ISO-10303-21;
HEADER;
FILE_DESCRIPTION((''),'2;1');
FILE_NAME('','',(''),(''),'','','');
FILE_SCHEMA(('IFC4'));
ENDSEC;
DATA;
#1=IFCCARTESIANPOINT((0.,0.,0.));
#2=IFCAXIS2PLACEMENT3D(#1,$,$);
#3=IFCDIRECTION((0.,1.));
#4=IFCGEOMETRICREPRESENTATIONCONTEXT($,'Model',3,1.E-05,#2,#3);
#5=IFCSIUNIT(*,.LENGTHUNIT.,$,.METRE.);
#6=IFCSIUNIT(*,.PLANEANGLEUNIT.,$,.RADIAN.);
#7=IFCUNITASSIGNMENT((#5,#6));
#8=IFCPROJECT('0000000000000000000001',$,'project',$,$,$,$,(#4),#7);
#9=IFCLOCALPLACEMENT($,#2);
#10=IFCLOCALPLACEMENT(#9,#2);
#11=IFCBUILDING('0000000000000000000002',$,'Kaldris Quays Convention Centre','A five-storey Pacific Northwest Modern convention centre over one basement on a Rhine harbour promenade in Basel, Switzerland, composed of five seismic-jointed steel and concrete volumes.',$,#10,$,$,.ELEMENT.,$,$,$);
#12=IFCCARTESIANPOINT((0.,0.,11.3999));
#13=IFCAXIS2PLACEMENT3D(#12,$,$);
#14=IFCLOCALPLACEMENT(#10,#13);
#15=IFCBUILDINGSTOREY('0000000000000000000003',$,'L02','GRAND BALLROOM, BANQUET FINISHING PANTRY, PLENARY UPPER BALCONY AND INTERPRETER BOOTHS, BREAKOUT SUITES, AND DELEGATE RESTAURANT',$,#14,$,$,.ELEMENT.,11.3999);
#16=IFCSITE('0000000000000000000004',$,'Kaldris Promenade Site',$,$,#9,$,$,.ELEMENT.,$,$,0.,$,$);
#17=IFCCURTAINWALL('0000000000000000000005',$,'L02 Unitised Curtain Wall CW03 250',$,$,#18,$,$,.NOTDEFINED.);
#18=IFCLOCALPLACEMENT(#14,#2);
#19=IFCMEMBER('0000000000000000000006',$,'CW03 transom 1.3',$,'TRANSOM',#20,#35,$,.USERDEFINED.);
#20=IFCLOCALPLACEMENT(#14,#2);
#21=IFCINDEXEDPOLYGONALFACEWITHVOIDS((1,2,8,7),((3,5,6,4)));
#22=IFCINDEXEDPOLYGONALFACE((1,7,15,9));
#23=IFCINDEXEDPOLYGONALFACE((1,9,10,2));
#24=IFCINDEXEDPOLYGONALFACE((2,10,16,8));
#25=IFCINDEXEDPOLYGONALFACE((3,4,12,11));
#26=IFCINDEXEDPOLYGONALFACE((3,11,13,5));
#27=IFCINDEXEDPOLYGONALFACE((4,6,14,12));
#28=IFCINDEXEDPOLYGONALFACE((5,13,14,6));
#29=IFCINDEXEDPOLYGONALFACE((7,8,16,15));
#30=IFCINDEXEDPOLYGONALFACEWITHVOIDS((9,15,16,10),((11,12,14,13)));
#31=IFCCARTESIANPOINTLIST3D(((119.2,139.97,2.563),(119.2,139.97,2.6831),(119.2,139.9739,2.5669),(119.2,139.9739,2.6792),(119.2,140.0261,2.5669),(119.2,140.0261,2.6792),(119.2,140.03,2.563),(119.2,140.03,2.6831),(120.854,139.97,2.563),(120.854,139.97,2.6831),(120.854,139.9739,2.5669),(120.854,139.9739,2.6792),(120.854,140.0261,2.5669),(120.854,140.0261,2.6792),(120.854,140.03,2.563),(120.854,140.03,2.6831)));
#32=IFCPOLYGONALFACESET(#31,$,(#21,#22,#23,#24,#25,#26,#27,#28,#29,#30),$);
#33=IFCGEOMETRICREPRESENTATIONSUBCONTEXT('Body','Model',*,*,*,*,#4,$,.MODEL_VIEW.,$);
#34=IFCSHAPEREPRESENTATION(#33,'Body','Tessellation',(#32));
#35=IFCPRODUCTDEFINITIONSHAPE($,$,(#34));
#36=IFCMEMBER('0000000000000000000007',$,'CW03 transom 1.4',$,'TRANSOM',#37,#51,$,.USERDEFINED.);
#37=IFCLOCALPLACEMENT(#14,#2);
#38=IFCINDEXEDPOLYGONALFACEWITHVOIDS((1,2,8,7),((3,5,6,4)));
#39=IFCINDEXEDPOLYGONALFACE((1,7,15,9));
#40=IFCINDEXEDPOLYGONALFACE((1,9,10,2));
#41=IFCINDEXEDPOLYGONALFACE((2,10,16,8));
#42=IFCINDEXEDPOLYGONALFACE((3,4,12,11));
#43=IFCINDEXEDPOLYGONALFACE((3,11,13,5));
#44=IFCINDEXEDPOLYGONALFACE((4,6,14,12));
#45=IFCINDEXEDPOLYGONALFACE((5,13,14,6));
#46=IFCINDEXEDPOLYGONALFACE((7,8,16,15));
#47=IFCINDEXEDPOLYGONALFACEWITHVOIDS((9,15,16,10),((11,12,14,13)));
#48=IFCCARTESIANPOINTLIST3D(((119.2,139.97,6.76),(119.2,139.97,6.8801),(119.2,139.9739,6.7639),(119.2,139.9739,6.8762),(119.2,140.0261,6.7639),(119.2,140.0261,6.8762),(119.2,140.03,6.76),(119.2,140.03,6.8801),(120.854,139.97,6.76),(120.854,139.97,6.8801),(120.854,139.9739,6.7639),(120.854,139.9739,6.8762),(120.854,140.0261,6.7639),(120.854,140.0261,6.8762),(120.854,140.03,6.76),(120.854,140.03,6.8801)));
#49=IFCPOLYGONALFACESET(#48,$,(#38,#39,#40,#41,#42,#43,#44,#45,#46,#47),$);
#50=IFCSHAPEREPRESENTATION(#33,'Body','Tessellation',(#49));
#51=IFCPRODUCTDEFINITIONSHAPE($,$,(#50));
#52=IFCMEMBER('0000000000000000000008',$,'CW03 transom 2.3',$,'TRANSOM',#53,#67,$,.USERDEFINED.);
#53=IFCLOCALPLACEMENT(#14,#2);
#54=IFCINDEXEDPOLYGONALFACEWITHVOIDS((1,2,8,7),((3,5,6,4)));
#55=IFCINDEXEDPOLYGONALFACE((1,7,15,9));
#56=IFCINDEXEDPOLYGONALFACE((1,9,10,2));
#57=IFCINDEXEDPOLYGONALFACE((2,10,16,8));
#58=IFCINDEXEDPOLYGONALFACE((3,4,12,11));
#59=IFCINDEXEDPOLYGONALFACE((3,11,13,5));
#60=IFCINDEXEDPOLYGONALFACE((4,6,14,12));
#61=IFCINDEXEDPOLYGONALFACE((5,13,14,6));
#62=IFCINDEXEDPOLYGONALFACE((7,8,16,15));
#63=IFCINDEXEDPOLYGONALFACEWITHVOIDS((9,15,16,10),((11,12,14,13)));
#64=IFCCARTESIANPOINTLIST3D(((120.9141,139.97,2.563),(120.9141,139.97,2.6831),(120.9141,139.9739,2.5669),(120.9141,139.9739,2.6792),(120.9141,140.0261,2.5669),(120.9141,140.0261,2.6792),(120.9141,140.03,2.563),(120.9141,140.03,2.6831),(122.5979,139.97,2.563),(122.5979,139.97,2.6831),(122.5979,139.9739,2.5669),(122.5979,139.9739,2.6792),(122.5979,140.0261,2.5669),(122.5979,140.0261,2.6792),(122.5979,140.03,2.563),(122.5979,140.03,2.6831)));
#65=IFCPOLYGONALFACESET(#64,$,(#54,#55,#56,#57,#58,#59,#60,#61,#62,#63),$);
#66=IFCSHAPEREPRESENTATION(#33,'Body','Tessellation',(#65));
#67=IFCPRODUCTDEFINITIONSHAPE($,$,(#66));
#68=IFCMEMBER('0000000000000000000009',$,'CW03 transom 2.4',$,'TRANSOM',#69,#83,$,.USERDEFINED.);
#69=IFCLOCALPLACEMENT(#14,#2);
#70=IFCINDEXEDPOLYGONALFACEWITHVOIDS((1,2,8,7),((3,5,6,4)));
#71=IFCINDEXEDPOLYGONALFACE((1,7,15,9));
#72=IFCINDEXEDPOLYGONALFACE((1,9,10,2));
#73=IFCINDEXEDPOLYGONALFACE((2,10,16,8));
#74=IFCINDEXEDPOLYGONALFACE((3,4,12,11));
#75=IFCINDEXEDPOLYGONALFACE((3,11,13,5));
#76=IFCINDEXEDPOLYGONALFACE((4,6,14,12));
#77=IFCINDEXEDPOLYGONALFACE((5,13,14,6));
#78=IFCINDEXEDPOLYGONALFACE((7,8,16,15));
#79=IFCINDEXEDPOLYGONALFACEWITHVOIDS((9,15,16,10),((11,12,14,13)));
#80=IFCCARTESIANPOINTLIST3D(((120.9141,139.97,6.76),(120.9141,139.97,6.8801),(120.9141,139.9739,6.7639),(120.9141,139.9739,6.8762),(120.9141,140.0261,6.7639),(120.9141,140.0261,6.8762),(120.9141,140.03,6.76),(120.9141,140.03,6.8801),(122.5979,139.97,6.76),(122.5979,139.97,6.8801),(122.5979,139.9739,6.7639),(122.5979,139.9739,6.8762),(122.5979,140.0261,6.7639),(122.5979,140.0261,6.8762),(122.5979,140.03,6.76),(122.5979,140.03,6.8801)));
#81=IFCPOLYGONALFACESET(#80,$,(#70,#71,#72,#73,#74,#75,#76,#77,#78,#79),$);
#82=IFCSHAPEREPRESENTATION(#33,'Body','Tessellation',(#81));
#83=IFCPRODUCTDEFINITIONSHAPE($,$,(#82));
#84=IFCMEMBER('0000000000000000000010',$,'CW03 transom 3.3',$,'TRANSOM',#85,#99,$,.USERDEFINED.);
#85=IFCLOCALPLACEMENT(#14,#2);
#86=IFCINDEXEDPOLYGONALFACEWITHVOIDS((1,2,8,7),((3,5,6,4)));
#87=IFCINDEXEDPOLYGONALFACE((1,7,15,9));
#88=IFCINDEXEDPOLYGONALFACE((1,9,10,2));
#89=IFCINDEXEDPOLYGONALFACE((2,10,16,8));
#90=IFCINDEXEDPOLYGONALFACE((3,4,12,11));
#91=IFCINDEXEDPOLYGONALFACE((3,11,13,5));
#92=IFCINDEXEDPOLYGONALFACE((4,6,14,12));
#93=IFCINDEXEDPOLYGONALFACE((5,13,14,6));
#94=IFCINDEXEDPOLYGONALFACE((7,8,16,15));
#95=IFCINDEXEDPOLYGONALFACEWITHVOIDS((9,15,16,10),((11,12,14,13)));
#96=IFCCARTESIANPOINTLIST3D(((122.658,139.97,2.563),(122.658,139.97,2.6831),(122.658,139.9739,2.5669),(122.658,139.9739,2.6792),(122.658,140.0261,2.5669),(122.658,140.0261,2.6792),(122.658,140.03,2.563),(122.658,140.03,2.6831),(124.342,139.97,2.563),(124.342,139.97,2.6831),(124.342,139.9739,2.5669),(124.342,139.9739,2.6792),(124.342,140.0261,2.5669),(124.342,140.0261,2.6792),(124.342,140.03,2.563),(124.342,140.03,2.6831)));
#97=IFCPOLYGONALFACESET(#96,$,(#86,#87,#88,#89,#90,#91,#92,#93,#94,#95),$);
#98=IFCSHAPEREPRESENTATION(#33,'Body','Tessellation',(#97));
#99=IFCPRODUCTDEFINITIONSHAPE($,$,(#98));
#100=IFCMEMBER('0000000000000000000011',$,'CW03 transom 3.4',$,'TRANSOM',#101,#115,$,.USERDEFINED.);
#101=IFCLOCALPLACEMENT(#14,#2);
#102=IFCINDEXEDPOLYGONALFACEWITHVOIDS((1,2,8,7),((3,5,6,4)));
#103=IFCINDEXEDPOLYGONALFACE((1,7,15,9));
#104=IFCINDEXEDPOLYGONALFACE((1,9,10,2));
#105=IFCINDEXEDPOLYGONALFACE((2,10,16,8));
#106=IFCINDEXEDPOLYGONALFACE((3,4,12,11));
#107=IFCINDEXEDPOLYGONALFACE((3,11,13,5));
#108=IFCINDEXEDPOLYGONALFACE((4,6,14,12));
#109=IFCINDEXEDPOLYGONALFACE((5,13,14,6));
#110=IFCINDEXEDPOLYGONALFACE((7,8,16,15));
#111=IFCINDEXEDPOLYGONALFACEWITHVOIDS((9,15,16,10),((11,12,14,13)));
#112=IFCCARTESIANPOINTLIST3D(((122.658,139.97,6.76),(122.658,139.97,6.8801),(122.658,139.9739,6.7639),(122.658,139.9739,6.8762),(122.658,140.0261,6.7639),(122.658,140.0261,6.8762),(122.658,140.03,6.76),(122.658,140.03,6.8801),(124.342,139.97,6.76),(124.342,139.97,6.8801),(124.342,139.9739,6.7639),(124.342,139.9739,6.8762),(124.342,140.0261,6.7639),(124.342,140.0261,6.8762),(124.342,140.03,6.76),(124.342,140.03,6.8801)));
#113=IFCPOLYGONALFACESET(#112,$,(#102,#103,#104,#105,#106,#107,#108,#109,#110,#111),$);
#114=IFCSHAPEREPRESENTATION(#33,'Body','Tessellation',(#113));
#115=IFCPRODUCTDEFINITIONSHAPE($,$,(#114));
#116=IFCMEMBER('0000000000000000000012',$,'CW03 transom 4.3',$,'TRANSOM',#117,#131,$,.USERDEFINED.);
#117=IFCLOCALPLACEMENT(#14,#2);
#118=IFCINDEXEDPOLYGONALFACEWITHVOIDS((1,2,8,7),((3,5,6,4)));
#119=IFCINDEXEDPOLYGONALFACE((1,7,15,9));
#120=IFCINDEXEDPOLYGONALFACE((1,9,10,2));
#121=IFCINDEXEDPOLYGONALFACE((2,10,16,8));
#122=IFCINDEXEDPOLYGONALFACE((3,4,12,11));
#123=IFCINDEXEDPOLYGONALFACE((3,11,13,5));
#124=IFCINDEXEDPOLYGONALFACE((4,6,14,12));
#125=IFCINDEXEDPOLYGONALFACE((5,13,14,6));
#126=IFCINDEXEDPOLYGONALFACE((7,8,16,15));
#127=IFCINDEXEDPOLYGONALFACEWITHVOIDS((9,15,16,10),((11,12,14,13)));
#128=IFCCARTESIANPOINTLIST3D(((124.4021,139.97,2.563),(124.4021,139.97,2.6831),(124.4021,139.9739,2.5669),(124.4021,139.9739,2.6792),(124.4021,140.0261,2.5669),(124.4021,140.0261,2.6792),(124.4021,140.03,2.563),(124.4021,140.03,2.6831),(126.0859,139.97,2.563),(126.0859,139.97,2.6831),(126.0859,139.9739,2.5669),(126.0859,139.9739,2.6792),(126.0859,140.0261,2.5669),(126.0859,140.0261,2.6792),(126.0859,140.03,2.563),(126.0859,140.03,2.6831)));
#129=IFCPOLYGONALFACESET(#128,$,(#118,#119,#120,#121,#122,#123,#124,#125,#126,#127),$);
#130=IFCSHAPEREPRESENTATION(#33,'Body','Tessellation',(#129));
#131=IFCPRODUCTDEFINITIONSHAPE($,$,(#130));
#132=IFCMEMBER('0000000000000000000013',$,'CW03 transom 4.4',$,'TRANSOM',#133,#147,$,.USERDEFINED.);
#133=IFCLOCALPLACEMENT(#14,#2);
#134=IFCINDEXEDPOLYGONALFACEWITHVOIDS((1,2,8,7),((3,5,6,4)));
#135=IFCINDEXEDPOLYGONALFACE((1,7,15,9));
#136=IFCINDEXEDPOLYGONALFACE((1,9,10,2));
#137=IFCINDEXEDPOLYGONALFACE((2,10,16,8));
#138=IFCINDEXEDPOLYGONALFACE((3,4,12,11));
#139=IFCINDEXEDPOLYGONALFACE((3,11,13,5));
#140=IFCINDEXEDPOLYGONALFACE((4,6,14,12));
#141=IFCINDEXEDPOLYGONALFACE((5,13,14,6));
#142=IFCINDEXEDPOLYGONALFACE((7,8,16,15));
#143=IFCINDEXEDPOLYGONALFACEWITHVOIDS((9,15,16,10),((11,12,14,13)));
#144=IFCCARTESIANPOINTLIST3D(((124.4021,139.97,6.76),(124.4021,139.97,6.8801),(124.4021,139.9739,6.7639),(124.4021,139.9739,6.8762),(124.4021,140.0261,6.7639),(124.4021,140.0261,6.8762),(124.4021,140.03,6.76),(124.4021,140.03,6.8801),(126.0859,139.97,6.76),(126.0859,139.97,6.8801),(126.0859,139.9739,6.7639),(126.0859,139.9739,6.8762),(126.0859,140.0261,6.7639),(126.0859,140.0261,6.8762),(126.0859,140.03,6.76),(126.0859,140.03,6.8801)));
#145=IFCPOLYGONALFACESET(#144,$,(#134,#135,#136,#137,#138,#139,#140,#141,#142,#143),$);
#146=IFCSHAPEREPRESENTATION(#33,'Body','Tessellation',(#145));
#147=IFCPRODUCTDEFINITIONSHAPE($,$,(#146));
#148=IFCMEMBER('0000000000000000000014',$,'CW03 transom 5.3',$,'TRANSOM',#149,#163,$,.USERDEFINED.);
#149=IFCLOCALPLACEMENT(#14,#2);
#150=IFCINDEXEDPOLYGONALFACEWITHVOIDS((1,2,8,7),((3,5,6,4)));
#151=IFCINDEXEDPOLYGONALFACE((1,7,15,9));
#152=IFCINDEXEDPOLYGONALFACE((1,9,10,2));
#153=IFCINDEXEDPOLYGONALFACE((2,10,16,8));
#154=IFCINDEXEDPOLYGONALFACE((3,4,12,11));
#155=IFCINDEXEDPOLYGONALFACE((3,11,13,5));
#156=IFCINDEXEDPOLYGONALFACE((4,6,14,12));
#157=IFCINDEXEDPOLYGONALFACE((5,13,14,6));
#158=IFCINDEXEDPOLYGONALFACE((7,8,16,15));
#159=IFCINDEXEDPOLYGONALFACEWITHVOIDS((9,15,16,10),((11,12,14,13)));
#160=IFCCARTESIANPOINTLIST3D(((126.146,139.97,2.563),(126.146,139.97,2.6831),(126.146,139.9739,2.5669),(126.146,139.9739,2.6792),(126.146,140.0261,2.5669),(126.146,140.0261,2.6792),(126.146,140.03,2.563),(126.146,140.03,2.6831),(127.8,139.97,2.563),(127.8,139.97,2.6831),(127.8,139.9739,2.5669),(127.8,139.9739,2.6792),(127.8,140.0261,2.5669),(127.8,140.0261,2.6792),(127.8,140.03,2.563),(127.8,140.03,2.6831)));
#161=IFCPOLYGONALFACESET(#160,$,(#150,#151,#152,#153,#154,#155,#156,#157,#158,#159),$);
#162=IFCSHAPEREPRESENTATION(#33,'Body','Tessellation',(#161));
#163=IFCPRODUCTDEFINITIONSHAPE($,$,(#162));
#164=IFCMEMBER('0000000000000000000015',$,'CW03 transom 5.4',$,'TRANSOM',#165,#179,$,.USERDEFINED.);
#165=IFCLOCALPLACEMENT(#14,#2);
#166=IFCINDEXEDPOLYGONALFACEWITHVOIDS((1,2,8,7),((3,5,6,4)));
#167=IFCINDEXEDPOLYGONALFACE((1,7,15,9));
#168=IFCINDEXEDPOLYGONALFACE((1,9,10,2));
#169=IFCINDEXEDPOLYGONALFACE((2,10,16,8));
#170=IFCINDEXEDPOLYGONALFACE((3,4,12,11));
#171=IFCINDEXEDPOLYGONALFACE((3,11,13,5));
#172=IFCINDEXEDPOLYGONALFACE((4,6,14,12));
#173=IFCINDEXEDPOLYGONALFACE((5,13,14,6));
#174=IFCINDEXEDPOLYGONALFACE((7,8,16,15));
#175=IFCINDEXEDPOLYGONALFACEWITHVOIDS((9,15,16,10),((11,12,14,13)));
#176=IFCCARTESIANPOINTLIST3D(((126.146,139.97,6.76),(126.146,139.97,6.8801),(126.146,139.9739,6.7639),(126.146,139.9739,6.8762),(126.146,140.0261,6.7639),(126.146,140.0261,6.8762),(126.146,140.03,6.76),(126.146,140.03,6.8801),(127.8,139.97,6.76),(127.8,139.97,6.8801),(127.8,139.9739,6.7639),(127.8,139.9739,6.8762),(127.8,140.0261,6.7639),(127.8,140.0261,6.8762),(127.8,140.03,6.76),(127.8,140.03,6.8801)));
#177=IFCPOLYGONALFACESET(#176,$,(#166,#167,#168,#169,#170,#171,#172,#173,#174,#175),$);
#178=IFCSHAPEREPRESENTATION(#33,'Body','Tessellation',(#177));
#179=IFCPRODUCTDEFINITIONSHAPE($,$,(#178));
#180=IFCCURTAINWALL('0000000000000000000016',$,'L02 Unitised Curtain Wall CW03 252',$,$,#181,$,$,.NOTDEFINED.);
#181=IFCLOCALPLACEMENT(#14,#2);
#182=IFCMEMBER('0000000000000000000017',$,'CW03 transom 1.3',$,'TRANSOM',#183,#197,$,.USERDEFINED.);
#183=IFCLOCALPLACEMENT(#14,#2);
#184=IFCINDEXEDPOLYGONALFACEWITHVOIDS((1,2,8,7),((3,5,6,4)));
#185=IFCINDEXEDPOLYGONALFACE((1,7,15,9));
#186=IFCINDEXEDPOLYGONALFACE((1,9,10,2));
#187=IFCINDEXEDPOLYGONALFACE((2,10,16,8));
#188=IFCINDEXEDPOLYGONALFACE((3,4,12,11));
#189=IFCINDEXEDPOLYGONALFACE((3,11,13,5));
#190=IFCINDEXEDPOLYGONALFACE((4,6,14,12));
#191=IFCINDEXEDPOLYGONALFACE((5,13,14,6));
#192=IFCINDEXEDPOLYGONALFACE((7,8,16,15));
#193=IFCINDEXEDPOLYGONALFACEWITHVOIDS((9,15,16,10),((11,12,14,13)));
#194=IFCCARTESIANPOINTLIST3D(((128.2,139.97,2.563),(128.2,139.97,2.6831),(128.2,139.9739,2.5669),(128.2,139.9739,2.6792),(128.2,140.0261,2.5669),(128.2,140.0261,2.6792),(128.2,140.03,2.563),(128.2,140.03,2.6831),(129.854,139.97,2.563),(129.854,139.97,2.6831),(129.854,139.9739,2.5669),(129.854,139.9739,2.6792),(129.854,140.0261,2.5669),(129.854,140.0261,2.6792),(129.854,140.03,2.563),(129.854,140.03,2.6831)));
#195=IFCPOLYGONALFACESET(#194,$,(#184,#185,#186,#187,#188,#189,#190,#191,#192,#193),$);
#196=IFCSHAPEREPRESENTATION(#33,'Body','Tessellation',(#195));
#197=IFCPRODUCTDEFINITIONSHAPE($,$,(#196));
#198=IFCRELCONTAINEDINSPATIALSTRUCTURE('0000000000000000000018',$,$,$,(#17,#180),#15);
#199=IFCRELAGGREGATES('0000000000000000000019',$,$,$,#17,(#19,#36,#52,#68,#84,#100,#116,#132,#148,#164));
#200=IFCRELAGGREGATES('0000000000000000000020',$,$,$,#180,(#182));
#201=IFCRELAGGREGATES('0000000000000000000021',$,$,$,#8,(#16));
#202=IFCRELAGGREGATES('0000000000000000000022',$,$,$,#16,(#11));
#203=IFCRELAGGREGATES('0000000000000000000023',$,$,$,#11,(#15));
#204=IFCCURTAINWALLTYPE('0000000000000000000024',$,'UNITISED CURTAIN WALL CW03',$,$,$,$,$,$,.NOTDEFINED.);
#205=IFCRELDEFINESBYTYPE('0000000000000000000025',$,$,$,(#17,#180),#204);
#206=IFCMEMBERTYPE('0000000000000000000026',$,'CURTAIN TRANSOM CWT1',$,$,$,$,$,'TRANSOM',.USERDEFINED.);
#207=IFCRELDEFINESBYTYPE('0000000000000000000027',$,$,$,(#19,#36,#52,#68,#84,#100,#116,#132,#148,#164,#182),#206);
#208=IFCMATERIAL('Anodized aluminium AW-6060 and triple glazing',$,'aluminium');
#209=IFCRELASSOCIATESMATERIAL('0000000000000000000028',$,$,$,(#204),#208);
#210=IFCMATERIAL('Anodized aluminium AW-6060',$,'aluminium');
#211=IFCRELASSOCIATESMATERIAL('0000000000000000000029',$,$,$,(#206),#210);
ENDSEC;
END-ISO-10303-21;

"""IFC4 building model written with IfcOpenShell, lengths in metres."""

from ifc_helpers import new_model, si_unit, direction, frame, origin, origin_2d, place, context, subcontext, project, spatial, hollow_rectangle, extrude, material, material_profile, profile_set, type_object, element, aggregate, save


model = new_model("IFC4")

# Units and contexts
model_context = context("Model", 3, precision=1e-05, world=origin(), true_north=direction((0.0, 1.0)))
body_context = subcontext(model_context, "Body", "Model", "MODEL_VIEW")
ifc_project = project(units=[si_unit("LENGTHUNIT", "METRE"), si_unit("PLANEANGLEUNIT", "RADIAN")], contexts=[model_context])

# Site, building, storey
site_placement = place(None, origin())
site = spatial("IfcSite", under=ifc_project, at=site_placement, Name="Kaldris Promenade Site", CompositionType="ELEMENT", RefElevation=0.0)
building_placement = place(site_placement, origin())
building = spatial("IfcBuilding", under=site, at=building_placement, Name="Kaldris Quays Convention Centre", Description="A five-storey Pacific Northwest Modern convention centre over one basement on a Rhine harbour promenade in Basel, Switzerland, composed of five seismic-jointed steel and concrete volumes.", CompositionType="ELEMENT")
storey_placement = place(building_placement, frame((0.0, 0.0, 11.3999)))
storey = spatial("IfcBuildingStorey", under=building, at=storey_placement, Name="L02", Description="GRAND BALLROOM, BANQUET FINISHING PANTRY, PLENARY UPPER BALCONY AND INTERPRETER BOOTHS, BREAKOUT SUITES, AND DELEGATE RESTAURANT", CompositionType="ELEMENT", Elevation=11.3999)

# Curtain walls, members
ifc_material_1 = material(Name="Anodized aluminium AW-6060 and triple glazing", Category="aluminium")
curtain_wall_type = type_object("IfcCurtainWallType", Name="UNITISED CURTAIN WALL CW03", PredefinedType="NOTDEFINED", material=ifc_material_1)
curtain_wall_1_placement = place(storey_placement, origin())
curtain_wall_1 = element("IfcCurtainWall", 1, at=curtain_wall_1_placement, inside=storey, type_object=curtain_wall_type, Name="L02 Unitised Curtain Wall CW03 250", PredefinedType="NOTDEFINED")
ifc_material_2 = material(Name="Anodized aluminium AW-6060", Category="aluminium")
ifc_material_profile_1 = material_profile(ifc_material_2, hollow_rectangle(XDim=0.0601, YDim=0.1201, WallThickness=0.0039, at=origin_2d()), Name="RHS 120x60x4")
ifc_profile_set_1 = profile_set([ifc_material_profile_1], Name="Anodized aluminium AW-6060")
member_type_1 = type_object("IfcMemberType", Name="CURTAIN TRANSOM CWT1", ElementType="TRANSOM", PredefinedType="USERDEFINED", material=ifc_profile_set_1)
member_1_placement = place(storey_placement, frame((119.2, 140.0, 2.623), z_axis=(1.0, 0.0, 0.0), x_axis=(0.0, 1.0, 0.0)))
member_1 = element("IfcMember", 2, at=member_1_placement, type_object=member_type_1, Name="CW03 transom 1.3", ObjectType="TRANSOM", PredefinedType="USERDEFINED", context=body_context, shape_type="SweptSolid", body=[
    extrude(hollow_rectangle(XDim=0.0601, YDim=0.1201, WallThickness=0.0039, at=origin_2d()), origin(), (0.0, 0.0, 1.0), 1.6541),
])
member_2_placement = place(storey_placement, frame((119.2, 140.0, 6.8201), z_axis=(1.0, 0.0, 0.0), x_axis=(0.0, 1.0, 0.0)))
member_2 = element("IfcMember", 3, at=member_2_placement, type_object=member_type_1, Name="CW03 transom 1.4", ObjectType="TRANSOM", PredefinedType="USERDEFINED", context=body_context, shape_type="SweptSolid", body=[
    extrude(hollow_rectangle(XDim=0.0601, YDim=0.1201, WallThickness=0.0039, at=origin_2d()), origin(), (0.0, 0.0, 1.0), 1.6541),
])
member_3_placement = place(storey_placement, frame((120.9141, 140.0, 2.623), z_axis=(1.0, 0.0, 0.0), x_axis=(0.0, 1.0, 0.0)))
member_3 = element("IfcMember", 4, at=member_3_placement, type_object=member_type_1, Name="CW03 transom 2.3", ObjectType="TRANSOM", PredefinedType="USERDEFINED", context=body_context, shape_type="SweptSolid", body=[
    extrude(hollow_rectangle(XDim=0.0601, YDim=0.1201, WallThickness=0.0039, at=origin_2d()), origin(), (0.0, 0.0, 1.0), 1.6838),
])
member_4_placement = place(storey_placement, frame((120.9141, 140.0, 6.8201), z_axis=(1.0, 0.0, 0.0), x_axis=(0.0, 1.0, 0.0)))
member_4 = element("IfcMember", 5, at=member_4_placement, type_object=member_type_1, Name="CW03 transom 2.4", ObjectType="TRANSOM", PredefinedType="USERDEFINED", context=body_context, shape_type="SweptSolid", body=[
    extrude(hollow_rectangle(XDim=0.0601, YDim=0.1201, WallThickness=0.0039, at=origin_2d()), origin(), (0.0, 0.0, 1.0), 1.6838),
])
member_5_placement = place(storey_placement, frame((122.658, 140.0, 2.623), z_axis=(1.0, 0.0, 0.0), x_axis=(0.0, 1.0, 0.0)))
member_5 = element("IfcMember", 6, at=member_5_placement, type_object=member_type_1, Name="CW03 transom 3.3", ObjectType="TRANSOM", PredefinedType="USERDEFINED", context=body_context, shape_type="SweptSolid", body=[
    extrude(hollow_rectangle(XDim=0.0601, YDim=0.1201, WallThickness=0.0039, at=origin_2d()), origin(), (0.0, 0.0, 1.0), 1.6841),
])
member_6_placement = place(storey_placement, frame((122.658, 140.0, 6.8201), z_axis=(1.0, 0.0, 0.0), x_axis=(0.0, 1.0, 0.0)))
member_6 = element("IfcMember", 7, at=member_6_placement, type_object=member_type_1, Name="CW03 transom 3.4", ObjectType="TRANSOM", PredefinedType="USERDEFINED", context=body_context, shape_type="SweptSolid", body=[
    extrude(hollow_rectangle(XDim=0.0601, YDim=0.1201, WallThickness=0.0039, at=origin_2d()), origin(), (0.0, 0.0, 1.0), 1.6841),
])
member_7_placement = place(storey_placement, frame((124.4021, 140.0, 2.623), z_axis=(1.0, 0.0, 0.0), x_axis=(0.0, 1.0, 0.0)))
member_7 = element("IfcMember", 8, at=member_7_placement, type_object=member_type_1, Name="CW03 transom 4.3", ObjectType="TRANSOM", PredefinedType="USERDEFINED", context=body_context, shape_type="SweptSolid", body=[
    extrude(hollow_rectangle(XDim=0.0601, YDim=0.1201, WallThickness=0.0039, at=origin_2d()), origin(), (0.0, 0.0, 1.0), 1.6838),
])
member_8_placement = place(storey_placement, frame((124.4021, 140.0, 6.8201), z_axis=(1.0, 0.0, 0.0), x_axis=(0.0, 1.0, 0.0)))
member_8 = element("IfcMember", 9, at=member_8_placement, type_object=member_type_1, Name="CW03 transom 4.4", ObjectType="TRANSOM", PredefinedType="USERDEFINED", context=body_context, shape_type="SweptSolid", body=[
    extrude(hollow_rectangle(XDim=0.0601, YDim=0.1201, WallThickness=0.0039, at=origin_2d()), origin(), (0.0, 0.0, 1.0), 1.6838),
])
member_9_placement = place(storey_placement, frame((126.146, 140.0, 2.623), z_axis=(1.0, 0.0, 0.0), x_axis=(0.0, 1.0, 0.0)))
member_9 = element("IfcMember", 10, at=member_9_placement, type_object=member_type_1, Name="CW03 transom 5.3", ObjectType="TRANSOM", PredefinedType="USERDEFINED", context=body_context, shape_type="SweptSolid", body=[
    extrude(hollow_rectangle(XDim=0.0601, YDim=0.1201, WallThickness=0.0039, at=origin_2d()), origin(), (0.0, 0.0, 1.0), 1.6541),
])
member_10_placement = place(storey_placement, frame((126.146, 140.0, 6.8201), z_axis=(1.0, 0.0, 0.0), x_axis=(0.0, 1.0, 0.0)))
member_10 = element("IfcMember", 11, at=member_10_placement, type_object=member_type_1, Name="CW03 transom 5.4", ObjectType="TRANSOM", PredefinedType="USERDEFINED", context=body_context, shape_type="SweptSolid", body=[
    extrude(hollow_rectangle(XDim=0.0601, YDim=0.1201, WallThickness=0.0039, at=origin_2d()), origin(), (0.0, 0.0, 1.0), 1.6541),
])
curtain_wall_2_placement = place(storey_placement, origin())
curtain_wall_2 = element("IfcCurtainWall", 12, at=curtain_wall_2_placement, inside=storey, type_object=curtain_wall_type, Name="L02 Unitised Curtain Wall CW03 252", PredefinedType="NOTDEFINED")
member_11_placement = place(storey_placement, frame((128.2, 140.0, 2.623), z_axis=(1.0, 0.0, 0.0), x_axis=(0.0, 1.0, 0.0)))
member_11 = element("IfcMember", 13, at=member_11_placement, type_object=member_type_1, Name="CW03 transom 1.3", ObjectType="TRANSOM", PredefinedType="USERDEFINED", context=body_context, shape_type="SweptSolid", body=[
    extrude(hollow_rectangle(XDim=0.0601, YDim=0.1201, WallThickness=0.0039, at=origin_2d()), origin(), (0.0, 0.0, 1.0), 1.6541),
])

aggregate(curtain_wall_1, [member_1, member_2, member_3, member_4, member_5, member_6, member_7, member_8, member_9, member_10])
aggregate(curtain_wall_2, [member_11])

save(model, "model.ifc")
